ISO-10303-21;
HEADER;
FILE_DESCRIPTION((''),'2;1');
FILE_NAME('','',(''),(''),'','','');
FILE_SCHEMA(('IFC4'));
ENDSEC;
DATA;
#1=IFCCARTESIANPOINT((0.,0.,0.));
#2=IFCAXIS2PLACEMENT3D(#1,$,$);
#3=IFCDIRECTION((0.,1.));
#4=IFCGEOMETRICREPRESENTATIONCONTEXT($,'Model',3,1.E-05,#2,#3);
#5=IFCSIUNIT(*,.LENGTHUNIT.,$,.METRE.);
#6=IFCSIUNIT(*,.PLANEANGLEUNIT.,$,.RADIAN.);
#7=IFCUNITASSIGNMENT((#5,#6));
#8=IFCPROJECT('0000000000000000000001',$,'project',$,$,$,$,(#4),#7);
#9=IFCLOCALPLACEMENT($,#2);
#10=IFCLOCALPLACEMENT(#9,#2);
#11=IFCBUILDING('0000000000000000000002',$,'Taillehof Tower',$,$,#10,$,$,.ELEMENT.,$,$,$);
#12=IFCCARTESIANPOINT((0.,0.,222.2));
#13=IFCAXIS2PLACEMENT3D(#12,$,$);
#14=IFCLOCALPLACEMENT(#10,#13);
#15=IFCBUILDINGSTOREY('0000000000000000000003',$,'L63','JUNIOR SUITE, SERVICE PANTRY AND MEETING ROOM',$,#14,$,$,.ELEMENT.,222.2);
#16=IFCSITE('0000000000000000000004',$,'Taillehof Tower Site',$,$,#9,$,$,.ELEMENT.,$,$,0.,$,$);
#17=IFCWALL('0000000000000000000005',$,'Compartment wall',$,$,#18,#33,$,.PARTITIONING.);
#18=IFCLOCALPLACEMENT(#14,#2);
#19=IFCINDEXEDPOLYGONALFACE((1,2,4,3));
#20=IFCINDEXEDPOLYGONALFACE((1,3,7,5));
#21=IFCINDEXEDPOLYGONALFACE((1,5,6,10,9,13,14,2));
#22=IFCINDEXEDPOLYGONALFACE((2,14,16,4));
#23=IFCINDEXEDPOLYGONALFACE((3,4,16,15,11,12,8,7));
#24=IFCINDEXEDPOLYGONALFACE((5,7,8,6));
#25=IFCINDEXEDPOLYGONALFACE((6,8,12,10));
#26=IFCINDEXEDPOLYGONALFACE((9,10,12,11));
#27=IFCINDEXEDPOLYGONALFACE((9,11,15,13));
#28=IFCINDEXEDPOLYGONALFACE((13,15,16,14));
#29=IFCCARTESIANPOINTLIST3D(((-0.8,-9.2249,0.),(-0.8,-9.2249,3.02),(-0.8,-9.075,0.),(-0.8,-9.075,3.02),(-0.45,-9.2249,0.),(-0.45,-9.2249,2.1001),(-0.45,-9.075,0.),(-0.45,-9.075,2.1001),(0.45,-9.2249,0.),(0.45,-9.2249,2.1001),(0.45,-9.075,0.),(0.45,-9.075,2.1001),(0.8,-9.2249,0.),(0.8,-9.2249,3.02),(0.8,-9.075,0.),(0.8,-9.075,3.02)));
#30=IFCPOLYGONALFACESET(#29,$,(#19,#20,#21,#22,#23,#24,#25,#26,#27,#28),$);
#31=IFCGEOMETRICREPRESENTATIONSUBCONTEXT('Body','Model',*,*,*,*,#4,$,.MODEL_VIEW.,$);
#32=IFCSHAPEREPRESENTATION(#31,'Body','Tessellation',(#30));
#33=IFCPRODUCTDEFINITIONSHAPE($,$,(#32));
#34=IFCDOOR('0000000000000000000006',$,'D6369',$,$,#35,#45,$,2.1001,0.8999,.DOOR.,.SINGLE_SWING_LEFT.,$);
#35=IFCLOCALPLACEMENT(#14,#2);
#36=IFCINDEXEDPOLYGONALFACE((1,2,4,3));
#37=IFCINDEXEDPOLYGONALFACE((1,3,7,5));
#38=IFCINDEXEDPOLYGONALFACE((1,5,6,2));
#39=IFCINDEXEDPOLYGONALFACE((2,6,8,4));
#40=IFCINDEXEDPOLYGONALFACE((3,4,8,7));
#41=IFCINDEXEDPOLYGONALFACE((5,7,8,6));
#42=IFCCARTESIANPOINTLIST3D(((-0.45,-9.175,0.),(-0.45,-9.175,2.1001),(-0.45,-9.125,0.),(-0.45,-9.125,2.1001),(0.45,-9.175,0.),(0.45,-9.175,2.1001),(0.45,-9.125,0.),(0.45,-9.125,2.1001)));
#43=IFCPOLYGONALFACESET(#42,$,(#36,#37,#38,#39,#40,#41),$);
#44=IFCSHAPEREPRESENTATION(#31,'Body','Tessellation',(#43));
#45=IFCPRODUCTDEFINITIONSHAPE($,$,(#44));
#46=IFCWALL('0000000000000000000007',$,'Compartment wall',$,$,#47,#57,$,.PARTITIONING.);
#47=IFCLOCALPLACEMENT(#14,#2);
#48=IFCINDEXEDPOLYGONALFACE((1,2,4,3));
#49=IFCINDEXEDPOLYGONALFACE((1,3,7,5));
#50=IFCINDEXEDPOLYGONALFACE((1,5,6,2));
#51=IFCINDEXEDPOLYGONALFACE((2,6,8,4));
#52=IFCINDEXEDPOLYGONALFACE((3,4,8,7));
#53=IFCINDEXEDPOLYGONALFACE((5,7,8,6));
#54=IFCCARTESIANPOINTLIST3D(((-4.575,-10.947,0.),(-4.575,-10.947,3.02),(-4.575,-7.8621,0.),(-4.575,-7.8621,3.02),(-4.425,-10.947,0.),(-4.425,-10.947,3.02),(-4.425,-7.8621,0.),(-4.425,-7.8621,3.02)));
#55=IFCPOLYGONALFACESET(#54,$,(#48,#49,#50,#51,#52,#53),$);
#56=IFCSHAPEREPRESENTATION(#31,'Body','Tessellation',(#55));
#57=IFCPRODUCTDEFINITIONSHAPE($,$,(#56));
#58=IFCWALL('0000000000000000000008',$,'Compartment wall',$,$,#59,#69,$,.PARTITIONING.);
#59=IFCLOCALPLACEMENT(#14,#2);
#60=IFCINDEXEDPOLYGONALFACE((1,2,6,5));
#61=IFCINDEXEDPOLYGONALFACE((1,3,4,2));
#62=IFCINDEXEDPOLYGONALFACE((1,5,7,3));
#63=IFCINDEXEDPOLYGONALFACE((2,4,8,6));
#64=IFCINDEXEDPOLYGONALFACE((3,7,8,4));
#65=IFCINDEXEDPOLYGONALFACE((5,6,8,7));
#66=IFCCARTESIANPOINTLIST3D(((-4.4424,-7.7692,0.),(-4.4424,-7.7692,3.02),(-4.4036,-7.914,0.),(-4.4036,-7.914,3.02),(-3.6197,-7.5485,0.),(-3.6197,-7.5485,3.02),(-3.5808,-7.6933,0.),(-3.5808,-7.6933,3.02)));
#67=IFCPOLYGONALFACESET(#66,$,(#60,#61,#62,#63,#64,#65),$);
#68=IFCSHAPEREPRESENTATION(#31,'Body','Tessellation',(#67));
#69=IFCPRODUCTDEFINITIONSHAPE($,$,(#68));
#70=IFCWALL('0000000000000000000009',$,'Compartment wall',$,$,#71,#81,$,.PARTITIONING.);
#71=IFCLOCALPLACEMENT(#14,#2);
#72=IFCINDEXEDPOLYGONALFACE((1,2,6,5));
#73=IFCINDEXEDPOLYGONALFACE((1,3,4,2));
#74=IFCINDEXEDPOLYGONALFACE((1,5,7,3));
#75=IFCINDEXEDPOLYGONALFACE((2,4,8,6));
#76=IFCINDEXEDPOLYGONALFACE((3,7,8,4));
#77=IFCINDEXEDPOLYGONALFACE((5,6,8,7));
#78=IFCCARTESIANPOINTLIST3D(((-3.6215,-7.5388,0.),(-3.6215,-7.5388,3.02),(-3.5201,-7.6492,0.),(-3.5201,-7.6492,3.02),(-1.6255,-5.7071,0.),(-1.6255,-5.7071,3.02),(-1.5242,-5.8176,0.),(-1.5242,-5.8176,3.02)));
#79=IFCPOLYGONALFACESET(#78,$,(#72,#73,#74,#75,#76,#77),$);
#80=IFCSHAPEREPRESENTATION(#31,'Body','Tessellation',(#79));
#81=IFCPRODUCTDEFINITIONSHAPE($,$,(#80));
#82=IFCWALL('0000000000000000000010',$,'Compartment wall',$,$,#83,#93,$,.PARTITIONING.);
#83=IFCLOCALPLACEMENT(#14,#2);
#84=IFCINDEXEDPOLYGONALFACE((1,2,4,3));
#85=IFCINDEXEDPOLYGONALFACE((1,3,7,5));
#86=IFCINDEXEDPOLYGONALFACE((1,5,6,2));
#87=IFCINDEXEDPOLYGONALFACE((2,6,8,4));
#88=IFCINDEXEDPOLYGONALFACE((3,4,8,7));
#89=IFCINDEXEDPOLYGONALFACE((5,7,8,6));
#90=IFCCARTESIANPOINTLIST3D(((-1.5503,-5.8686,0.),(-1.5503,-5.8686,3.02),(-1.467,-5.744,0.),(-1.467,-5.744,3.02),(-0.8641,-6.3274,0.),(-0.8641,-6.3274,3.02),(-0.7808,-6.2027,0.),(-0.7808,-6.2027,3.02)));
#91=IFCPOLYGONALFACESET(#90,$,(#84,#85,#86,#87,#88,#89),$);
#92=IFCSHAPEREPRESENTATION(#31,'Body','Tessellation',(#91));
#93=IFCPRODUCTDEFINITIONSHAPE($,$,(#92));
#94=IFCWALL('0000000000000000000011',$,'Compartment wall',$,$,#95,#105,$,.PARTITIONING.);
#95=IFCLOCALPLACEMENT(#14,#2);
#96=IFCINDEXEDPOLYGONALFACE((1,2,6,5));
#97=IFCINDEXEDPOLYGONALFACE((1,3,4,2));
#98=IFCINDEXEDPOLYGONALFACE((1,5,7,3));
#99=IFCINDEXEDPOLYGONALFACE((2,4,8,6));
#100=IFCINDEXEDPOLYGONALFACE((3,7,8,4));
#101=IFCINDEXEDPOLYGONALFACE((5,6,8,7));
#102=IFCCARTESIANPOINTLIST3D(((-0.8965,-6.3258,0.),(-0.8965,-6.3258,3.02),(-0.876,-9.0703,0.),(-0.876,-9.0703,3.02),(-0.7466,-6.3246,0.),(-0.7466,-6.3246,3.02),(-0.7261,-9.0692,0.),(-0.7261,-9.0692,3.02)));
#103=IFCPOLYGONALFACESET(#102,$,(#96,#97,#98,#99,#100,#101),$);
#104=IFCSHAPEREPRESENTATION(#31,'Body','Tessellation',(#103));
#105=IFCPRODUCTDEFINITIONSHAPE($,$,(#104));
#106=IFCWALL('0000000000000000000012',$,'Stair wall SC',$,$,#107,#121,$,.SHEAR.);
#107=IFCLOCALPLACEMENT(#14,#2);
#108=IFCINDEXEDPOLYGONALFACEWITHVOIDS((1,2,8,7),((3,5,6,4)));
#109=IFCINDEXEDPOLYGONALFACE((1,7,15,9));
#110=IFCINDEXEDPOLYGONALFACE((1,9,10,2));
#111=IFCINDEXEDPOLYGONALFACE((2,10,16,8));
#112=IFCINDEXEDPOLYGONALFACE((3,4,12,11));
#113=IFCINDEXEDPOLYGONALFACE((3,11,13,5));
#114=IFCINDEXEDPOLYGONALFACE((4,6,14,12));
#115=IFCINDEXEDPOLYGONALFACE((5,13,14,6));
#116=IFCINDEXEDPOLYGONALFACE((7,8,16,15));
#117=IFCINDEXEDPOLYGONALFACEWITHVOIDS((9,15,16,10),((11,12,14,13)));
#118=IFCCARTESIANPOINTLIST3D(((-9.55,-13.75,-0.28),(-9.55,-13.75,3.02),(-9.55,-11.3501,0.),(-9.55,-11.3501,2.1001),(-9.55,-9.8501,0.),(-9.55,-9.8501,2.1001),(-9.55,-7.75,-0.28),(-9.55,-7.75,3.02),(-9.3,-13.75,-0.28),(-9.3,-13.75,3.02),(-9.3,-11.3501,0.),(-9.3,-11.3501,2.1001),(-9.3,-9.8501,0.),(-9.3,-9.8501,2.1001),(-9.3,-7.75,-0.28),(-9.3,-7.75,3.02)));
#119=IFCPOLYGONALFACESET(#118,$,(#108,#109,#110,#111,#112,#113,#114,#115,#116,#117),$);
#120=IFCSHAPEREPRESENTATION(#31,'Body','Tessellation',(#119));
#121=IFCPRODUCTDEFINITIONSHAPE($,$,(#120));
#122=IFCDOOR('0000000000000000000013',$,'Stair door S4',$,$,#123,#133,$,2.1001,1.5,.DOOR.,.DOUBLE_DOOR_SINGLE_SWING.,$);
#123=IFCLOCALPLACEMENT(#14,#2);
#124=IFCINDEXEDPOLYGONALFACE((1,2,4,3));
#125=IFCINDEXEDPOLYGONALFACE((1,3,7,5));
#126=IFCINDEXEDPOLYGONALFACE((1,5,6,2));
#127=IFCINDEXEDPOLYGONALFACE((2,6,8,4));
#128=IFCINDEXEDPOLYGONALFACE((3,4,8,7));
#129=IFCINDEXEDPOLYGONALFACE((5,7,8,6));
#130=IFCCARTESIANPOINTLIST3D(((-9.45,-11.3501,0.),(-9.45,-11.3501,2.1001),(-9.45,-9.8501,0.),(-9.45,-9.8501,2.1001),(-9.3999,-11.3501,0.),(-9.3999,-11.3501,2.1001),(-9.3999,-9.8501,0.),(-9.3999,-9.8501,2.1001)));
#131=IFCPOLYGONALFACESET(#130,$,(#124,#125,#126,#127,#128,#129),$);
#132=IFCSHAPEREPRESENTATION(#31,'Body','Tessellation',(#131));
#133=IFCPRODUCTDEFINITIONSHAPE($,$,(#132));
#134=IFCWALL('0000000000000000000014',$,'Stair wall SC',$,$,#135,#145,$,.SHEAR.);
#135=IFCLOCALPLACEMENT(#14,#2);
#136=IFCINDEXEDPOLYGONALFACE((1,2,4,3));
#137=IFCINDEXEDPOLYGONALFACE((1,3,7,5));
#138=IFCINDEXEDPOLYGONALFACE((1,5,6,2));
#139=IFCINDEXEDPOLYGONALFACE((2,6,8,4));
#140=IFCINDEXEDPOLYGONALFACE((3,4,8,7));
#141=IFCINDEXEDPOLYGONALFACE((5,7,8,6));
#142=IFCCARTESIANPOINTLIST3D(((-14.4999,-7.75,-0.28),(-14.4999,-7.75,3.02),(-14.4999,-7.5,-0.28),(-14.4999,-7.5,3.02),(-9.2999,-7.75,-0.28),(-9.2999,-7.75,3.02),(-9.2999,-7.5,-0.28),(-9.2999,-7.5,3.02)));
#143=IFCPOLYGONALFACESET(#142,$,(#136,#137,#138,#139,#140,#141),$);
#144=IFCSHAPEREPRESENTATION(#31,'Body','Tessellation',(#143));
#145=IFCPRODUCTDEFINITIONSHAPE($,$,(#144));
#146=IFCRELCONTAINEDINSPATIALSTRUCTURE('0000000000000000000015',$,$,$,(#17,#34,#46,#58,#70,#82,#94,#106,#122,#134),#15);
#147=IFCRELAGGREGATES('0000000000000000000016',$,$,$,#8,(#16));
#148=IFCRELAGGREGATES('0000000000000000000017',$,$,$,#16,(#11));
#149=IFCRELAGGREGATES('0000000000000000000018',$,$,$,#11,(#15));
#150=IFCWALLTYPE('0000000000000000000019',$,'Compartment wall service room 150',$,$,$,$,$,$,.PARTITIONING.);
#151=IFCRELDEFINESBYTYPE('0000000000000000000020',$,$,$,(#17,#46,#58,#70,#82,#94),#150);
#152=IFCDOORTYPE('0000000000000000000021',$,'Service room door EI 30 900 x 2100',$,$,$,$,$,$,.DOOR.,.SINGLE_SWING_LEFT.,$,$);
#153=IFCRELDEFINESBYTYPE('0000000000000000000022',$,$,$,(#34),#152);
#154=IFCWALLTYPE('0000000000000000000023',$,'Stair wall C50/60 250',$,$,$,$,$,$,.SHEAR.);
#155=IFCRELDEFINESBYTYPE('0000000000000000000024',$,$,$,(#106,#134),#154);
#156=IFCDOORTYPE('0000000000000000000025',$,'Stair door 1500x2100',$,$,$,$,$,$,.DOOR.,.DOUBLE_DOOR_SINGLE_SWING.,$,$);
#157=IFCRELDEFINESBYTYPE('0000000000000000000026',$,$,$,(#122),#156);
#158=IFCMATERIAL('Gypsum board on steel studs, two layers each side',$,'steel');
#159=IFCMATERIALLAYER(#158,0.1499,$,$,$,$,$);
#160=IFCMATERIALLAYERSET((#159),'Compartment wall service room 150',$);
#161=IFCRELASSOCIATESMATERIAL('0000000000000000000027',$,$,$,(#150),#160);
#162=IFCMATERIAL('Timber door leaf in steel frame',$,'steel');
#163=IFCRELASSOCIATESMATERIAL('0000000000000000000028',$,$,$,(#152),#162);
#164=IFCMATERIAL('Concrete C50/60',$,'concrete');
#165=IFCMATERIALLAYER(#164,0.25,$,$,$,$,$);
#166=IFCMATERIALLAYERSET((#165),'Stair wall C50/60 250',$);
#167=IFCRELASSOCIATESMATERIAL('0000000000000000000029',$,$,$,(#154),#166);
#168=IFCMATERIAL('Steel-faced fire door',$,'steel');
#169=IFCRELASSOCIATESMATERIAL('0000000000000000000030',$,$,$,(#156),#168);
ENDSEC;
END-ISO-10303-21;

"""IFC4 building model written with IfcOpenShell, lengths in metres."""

from ifc_helpers import new_model, si_unit, direction, frame, frame_2d, origin, place, context, subcontext, project, spatial, rectangle, extrude, material, layer, layer_set, type_object, element, fill, save


model = new_model("IFC4")

# Units and contexts
model_context = context("Model", 3, precision=1e-05, world=origin(), true_north=direction((0.0, 1.0)))
body_context = subcontext(model_context, "Body", "Model", "MODEL_VIEW")
ifc_project = project(units=[si_unit("LENGTHUNIT", "METRE"), si_unit("PLANEANGLEUNIT", "RADIAN")], contexts=[model_context])

# Site, building, storey
site_placement = place(None, origin())
site = spatial("IfcSite", under=ifc_project, at=site_placement, Name="Taillehof Tower Site", CompositionType="ELEMENT", RefElevation=0.0)
building_placement = place(site_placement, origin())
building = spatial("IfcBuilding", under=site, at=building_placement, Name="Taillehof Tower", CompositionType="ELEMENT")
storey_placement = place(building_placement, frame((0.0, 0.0, 222.2)))
storey = spatial("IfcBuildingStorey", under=building, at=storey_placement, Name="L63", Description="JUNIOR SUITE, SERVICE PANTRY AND MEETING ROOM", CompositionType="ELEMENT", Elevation=222.2)

# Wall, opening, door
ifc_material_1 = material(Name="Gypsum board on steel studs, two layers each side", Category="steel")
ifc_layer_1 = layer(ifc_material_1, 0.1499)
ifc_layer_set_1 = layer_set([ifc_layer_1], Name="Compartment wall service room 150")
wall_type_1 = type_object("IfcWallType", Name="Compartment wall service room 150", PredefinedType="PARTITIONING", material=ifc_layer_set_1)
wall_1_placement = place(storey_placement, frame((-0.8, -9.1499, 0.0), z_axis=(0.0, 0.0, 1.0), x_axis=(1.0, 0.0, 0.0)))
wall_1 = element("IfcWall", 1, at=wall_1_placement, inside=storey, type_object=wall_type_1, Name="Compartment wall", PredefinedType="PARTITIONING", context=body_context, shape_type="SweptSolid", body=[
    extrude(rectangle(XDim=1.6001, YDim=0.1499, at=frame_2d((0.8, 0.0))), origin(), (0.0, 0.0, 1.0), 3.02),
])
opening_1_placement = place(wall_1_placement, frame((0.3501, 0.0, 0.0)))
opening_1 = element("IfcOpeningElement", 2, at=opening_1_placement, cuts=wall_1, PredefinedType="OPENING", context=body_context, shape_type="SweptSolid", body=[
    extrude(rectangle(XDim=0.8999, YDim=2.1001, at=frame_2d((0.45, 1.05))), frame((0.0, 0.085, 0.0), z_axis=(0.0, -1.0, 0.0), x_axis=(1.0, 0.0, 0.0)), (0.0, 0.0, 1.0), 0.1699),
])
ifc_material_2 = material(Name="Timber door leaf in steel frame", Category="steel")
door_type_1 = type_object("IfcDoorType", Name="Service room door EI 30 900 x 2100", OperationType="SINGLE_SWING_LEFT", PredefinedType="DOOR", material=ifc_material_2)
door_1_placement = place(opening_1_placement, origin())
door_1 = element("IfcDoor", 3, at=door_1_placement, inside=storey, type_object=door_type_1, Name="D6369", OperationType="SINGLE_SWING_LEFT", OverallHeight=2.1001, OverallWidth=0.8999, PredefinedType="DOOR", context=body_context, shape_type="SweptSolid", body=[
    extrude(rectangle(XDim=0.8999, YDim=2.1001, at=frame_2d((0.45, 1.05))), frame((0.0, 0.0249, 0.0), z_axis=(0.0, -1.0, 0.0), x_axis=(1.0, 0.0, 0.0)), (0.0, 0.0, 1.0), 0.05),
])
fill(opening_1, door_1)

# Walls
wall_2_placement = place(storey_placement, frame((-4.5, -10.947, 0.0), z_axis=(0.0, 0.0, 1.0), x_axis=(0.0, 1.0, 0.0)))
element("IfcWall", 4, at=wall_2_placement, inside=storey, type_object=wall_type_1, Name="Compartment wall", PredefinedType="PARTITIONING", context=body_context, shape_type="SweptSolid", body=[
    extrude(rectangle(XDim=3.085, YDim=0.1499, at=frame_2d((1.5425, 0.0))), origin(), (0.0, 0.0, 1.0), 3.02),
])
wall_3_placement = place(storey_placement, frame((-4.4229, -7.8416, 0.0), z_axis=(0.0, 0.0, 1.0), x_axis=(0.965853, 0.259089, 0.0)))
element("IfcWall", 5, at=wall_3_placement, inside=storey, type_object=wall_type_1, Name="Compartment wall", PredefinedType="PARTITIONING", context=body_context, shape_type="SweptSolid", body=[
    extrude(rectangle(XDim=0.8518, YDim=0.1499, at=frame_2d((0.4258, 0.0))), origin(), (0.0, 0.0, 1.0), 3.02),
])
wall_4_placement = place(storey_placement, frame((-3.5708, -7.594, 0.0), z_axis=(0.0, 0.0, 1.0), x_axis=(0.736784, 0.676129, 0.0)))
element("IfcWall", 6, at=wall_4_placement, inside=storey, type_object=wall_type_1, Name="Compartment wall", PredefinedType="PARTITIONING", context=body_context, shape_type="SweptSolid", body=[
    extrude(rectangle(XDim=2.709, YDim=0.1499, at=frame_2d((1.3545, 0.0))), origin(), (0.0, 0.0, 1.0), 3.02),
])
wall_5_placement = place(storey_placement, frame((-1.5085, -5.8064, 0.0), z_axis=(0.0, 0.0, 1.0), x_axis=(0.831367, -0.555724, 0.0)))
element("IfcWall", 7, at=wall_5_placement, inside=storey, type_object=wall_type_1, Name="Compartment wall", PredefinedType="PARTITIONING", context=body_context, shape_type="SweptSolid", body=[
    extrude(rectangle(XDim=0.8254, YDim=0.1499, at=frame_2d((0.4126, 0.0))), origin(), (0.0, 0.0, 1.0), 3.02),
])
wall_6_placement = place(storey_placement, frame((-0.8215, -6.3252, 0.0), z_axis=(0.0, 0.0, 1.0), x_axis=(0.007472, -0.999972, 0.0)))
element("IfcWall", 8, at=wall_6_placement, inside=storey, type_object=wall_type_1, Name="Compartment wall", PredefinedType="PARTITIONING", context=body_context, shape_type="SweptSolid", body=[
    extrude(rectangle(XDim=2.7446, YDim=0.1499, at=frame_2d((1.3723, 0.0))), origin(), (0.0, 0.0, 1.0), 3.02),
])

# Wall, opening, door
ifc_material_3 = material(Name="Concrete C50/60", Category="concrete")
ifc_layer_2 = layer(ifc_material_3, 0.25)
ifc_layer_set_2 = layer_set([ifc_layer_2], Name="Stair wall C50/60 250")
wall_type_2 = type_object("IfcWallType", Name="Stair wall C50/60 250", PredefinedType="SHEAR", material=ifc_layer_set_2)
wall_7_placement = place(storey_placement, frame((-9.425, -13.75, -0.28), z_axis=(0.0, 0.0, 1.0), x_axis=(0.0, 1.0, 0.0)))
wall_7 = element("IfcWall", 9, at=wall_7_placement, inside=storey, type_object=wall_type_2, Name="Stair wall SC", PredefinedType="SHEAR", context=body_context, shape_type="SweptSolid", body=[
    extrude(rectangle(XDim=6.0, YDim=0.25, at=frame_2d((3.0, 0.0))), origin(), (0.0, 0.0, 1.0), 3.3),
])
opening_2_placement = place(wall_7_placement, frame((2.3999, 0.0, 0.28)))
opening_2 = element("IfcOpeningElement", 10, at=opening_2_placement, cuts=wall_7, PredefinedType="OPENING", context=body_context, shape_type="SweptSolid", body=[
    extrude(rectangle(XDim=1.5, YDim=2.1001, at=frame_2d((0.75, 1.05))), frame((0.0, 0.135, 0.0), z_axis=(0.0, -1.0, 0.0), x_axis=(1.0, 0.0, 0.0)), (0.0, 0.0, 1.0), 0.27),
])
ifc_material_4 = material(Name="Steel-faced fire door", Category="steel")
door_type_2 = type_object("IfcDoorType", Name="Stair door 1500x2100", OperationType="DOUBLE_DOOR_SINGLE_SWING", PredefinedType="DOOR", material=ifc_material_4)
door_2_placement = place(opening_2_placement, origin())
door_2 = element("IfcDoor", 11, at=door_2_placement, inside=storey, type_object=door_type_2, Name="Stair door S4", OperationType="DOUBLE_DOOR_SINGLE_SWING", OverallHeight=2.1001, OverallWidth=1.5, PredefinedType="DOOR", context=body_context, shape_type="SweptSolid", body=[
    extrude(rectangle(XDim=1.5, YDim=2.1001, at=frame_2d((0.75, 1.05))), frame((0.0, 0.0249, 0.0), z_axis=(0.0, -1.0, 0.0), x_axis=(1.0, 0.0, 0.0)), (0.0, 0.0, 1.0), 0.05),
])
fill(opening_2, door_2)

# Wall
wall_8_placement = place(storey_placement, frame((-14.5, -7.625, -0.28), z_axis=(0.0, 0.0, 1.0), x_axis=(1.0, 0.0, 0.0)))
element("IfcWall", 12, at=wall_8_placement, inside=storey, type_object=wall_type_2, Name="Stair wall SC", PredefinedType="SHEAR", context=body_context, shape_type="SweptSolid", body=[
    extrude(rectangle(XDim=5.2, YDim=0.25, at=frame_2d((2.6001, 0.0))), origin(), (0.0, 0.0, 1.0), 3.3),
])

save(model, "model.ifc")
